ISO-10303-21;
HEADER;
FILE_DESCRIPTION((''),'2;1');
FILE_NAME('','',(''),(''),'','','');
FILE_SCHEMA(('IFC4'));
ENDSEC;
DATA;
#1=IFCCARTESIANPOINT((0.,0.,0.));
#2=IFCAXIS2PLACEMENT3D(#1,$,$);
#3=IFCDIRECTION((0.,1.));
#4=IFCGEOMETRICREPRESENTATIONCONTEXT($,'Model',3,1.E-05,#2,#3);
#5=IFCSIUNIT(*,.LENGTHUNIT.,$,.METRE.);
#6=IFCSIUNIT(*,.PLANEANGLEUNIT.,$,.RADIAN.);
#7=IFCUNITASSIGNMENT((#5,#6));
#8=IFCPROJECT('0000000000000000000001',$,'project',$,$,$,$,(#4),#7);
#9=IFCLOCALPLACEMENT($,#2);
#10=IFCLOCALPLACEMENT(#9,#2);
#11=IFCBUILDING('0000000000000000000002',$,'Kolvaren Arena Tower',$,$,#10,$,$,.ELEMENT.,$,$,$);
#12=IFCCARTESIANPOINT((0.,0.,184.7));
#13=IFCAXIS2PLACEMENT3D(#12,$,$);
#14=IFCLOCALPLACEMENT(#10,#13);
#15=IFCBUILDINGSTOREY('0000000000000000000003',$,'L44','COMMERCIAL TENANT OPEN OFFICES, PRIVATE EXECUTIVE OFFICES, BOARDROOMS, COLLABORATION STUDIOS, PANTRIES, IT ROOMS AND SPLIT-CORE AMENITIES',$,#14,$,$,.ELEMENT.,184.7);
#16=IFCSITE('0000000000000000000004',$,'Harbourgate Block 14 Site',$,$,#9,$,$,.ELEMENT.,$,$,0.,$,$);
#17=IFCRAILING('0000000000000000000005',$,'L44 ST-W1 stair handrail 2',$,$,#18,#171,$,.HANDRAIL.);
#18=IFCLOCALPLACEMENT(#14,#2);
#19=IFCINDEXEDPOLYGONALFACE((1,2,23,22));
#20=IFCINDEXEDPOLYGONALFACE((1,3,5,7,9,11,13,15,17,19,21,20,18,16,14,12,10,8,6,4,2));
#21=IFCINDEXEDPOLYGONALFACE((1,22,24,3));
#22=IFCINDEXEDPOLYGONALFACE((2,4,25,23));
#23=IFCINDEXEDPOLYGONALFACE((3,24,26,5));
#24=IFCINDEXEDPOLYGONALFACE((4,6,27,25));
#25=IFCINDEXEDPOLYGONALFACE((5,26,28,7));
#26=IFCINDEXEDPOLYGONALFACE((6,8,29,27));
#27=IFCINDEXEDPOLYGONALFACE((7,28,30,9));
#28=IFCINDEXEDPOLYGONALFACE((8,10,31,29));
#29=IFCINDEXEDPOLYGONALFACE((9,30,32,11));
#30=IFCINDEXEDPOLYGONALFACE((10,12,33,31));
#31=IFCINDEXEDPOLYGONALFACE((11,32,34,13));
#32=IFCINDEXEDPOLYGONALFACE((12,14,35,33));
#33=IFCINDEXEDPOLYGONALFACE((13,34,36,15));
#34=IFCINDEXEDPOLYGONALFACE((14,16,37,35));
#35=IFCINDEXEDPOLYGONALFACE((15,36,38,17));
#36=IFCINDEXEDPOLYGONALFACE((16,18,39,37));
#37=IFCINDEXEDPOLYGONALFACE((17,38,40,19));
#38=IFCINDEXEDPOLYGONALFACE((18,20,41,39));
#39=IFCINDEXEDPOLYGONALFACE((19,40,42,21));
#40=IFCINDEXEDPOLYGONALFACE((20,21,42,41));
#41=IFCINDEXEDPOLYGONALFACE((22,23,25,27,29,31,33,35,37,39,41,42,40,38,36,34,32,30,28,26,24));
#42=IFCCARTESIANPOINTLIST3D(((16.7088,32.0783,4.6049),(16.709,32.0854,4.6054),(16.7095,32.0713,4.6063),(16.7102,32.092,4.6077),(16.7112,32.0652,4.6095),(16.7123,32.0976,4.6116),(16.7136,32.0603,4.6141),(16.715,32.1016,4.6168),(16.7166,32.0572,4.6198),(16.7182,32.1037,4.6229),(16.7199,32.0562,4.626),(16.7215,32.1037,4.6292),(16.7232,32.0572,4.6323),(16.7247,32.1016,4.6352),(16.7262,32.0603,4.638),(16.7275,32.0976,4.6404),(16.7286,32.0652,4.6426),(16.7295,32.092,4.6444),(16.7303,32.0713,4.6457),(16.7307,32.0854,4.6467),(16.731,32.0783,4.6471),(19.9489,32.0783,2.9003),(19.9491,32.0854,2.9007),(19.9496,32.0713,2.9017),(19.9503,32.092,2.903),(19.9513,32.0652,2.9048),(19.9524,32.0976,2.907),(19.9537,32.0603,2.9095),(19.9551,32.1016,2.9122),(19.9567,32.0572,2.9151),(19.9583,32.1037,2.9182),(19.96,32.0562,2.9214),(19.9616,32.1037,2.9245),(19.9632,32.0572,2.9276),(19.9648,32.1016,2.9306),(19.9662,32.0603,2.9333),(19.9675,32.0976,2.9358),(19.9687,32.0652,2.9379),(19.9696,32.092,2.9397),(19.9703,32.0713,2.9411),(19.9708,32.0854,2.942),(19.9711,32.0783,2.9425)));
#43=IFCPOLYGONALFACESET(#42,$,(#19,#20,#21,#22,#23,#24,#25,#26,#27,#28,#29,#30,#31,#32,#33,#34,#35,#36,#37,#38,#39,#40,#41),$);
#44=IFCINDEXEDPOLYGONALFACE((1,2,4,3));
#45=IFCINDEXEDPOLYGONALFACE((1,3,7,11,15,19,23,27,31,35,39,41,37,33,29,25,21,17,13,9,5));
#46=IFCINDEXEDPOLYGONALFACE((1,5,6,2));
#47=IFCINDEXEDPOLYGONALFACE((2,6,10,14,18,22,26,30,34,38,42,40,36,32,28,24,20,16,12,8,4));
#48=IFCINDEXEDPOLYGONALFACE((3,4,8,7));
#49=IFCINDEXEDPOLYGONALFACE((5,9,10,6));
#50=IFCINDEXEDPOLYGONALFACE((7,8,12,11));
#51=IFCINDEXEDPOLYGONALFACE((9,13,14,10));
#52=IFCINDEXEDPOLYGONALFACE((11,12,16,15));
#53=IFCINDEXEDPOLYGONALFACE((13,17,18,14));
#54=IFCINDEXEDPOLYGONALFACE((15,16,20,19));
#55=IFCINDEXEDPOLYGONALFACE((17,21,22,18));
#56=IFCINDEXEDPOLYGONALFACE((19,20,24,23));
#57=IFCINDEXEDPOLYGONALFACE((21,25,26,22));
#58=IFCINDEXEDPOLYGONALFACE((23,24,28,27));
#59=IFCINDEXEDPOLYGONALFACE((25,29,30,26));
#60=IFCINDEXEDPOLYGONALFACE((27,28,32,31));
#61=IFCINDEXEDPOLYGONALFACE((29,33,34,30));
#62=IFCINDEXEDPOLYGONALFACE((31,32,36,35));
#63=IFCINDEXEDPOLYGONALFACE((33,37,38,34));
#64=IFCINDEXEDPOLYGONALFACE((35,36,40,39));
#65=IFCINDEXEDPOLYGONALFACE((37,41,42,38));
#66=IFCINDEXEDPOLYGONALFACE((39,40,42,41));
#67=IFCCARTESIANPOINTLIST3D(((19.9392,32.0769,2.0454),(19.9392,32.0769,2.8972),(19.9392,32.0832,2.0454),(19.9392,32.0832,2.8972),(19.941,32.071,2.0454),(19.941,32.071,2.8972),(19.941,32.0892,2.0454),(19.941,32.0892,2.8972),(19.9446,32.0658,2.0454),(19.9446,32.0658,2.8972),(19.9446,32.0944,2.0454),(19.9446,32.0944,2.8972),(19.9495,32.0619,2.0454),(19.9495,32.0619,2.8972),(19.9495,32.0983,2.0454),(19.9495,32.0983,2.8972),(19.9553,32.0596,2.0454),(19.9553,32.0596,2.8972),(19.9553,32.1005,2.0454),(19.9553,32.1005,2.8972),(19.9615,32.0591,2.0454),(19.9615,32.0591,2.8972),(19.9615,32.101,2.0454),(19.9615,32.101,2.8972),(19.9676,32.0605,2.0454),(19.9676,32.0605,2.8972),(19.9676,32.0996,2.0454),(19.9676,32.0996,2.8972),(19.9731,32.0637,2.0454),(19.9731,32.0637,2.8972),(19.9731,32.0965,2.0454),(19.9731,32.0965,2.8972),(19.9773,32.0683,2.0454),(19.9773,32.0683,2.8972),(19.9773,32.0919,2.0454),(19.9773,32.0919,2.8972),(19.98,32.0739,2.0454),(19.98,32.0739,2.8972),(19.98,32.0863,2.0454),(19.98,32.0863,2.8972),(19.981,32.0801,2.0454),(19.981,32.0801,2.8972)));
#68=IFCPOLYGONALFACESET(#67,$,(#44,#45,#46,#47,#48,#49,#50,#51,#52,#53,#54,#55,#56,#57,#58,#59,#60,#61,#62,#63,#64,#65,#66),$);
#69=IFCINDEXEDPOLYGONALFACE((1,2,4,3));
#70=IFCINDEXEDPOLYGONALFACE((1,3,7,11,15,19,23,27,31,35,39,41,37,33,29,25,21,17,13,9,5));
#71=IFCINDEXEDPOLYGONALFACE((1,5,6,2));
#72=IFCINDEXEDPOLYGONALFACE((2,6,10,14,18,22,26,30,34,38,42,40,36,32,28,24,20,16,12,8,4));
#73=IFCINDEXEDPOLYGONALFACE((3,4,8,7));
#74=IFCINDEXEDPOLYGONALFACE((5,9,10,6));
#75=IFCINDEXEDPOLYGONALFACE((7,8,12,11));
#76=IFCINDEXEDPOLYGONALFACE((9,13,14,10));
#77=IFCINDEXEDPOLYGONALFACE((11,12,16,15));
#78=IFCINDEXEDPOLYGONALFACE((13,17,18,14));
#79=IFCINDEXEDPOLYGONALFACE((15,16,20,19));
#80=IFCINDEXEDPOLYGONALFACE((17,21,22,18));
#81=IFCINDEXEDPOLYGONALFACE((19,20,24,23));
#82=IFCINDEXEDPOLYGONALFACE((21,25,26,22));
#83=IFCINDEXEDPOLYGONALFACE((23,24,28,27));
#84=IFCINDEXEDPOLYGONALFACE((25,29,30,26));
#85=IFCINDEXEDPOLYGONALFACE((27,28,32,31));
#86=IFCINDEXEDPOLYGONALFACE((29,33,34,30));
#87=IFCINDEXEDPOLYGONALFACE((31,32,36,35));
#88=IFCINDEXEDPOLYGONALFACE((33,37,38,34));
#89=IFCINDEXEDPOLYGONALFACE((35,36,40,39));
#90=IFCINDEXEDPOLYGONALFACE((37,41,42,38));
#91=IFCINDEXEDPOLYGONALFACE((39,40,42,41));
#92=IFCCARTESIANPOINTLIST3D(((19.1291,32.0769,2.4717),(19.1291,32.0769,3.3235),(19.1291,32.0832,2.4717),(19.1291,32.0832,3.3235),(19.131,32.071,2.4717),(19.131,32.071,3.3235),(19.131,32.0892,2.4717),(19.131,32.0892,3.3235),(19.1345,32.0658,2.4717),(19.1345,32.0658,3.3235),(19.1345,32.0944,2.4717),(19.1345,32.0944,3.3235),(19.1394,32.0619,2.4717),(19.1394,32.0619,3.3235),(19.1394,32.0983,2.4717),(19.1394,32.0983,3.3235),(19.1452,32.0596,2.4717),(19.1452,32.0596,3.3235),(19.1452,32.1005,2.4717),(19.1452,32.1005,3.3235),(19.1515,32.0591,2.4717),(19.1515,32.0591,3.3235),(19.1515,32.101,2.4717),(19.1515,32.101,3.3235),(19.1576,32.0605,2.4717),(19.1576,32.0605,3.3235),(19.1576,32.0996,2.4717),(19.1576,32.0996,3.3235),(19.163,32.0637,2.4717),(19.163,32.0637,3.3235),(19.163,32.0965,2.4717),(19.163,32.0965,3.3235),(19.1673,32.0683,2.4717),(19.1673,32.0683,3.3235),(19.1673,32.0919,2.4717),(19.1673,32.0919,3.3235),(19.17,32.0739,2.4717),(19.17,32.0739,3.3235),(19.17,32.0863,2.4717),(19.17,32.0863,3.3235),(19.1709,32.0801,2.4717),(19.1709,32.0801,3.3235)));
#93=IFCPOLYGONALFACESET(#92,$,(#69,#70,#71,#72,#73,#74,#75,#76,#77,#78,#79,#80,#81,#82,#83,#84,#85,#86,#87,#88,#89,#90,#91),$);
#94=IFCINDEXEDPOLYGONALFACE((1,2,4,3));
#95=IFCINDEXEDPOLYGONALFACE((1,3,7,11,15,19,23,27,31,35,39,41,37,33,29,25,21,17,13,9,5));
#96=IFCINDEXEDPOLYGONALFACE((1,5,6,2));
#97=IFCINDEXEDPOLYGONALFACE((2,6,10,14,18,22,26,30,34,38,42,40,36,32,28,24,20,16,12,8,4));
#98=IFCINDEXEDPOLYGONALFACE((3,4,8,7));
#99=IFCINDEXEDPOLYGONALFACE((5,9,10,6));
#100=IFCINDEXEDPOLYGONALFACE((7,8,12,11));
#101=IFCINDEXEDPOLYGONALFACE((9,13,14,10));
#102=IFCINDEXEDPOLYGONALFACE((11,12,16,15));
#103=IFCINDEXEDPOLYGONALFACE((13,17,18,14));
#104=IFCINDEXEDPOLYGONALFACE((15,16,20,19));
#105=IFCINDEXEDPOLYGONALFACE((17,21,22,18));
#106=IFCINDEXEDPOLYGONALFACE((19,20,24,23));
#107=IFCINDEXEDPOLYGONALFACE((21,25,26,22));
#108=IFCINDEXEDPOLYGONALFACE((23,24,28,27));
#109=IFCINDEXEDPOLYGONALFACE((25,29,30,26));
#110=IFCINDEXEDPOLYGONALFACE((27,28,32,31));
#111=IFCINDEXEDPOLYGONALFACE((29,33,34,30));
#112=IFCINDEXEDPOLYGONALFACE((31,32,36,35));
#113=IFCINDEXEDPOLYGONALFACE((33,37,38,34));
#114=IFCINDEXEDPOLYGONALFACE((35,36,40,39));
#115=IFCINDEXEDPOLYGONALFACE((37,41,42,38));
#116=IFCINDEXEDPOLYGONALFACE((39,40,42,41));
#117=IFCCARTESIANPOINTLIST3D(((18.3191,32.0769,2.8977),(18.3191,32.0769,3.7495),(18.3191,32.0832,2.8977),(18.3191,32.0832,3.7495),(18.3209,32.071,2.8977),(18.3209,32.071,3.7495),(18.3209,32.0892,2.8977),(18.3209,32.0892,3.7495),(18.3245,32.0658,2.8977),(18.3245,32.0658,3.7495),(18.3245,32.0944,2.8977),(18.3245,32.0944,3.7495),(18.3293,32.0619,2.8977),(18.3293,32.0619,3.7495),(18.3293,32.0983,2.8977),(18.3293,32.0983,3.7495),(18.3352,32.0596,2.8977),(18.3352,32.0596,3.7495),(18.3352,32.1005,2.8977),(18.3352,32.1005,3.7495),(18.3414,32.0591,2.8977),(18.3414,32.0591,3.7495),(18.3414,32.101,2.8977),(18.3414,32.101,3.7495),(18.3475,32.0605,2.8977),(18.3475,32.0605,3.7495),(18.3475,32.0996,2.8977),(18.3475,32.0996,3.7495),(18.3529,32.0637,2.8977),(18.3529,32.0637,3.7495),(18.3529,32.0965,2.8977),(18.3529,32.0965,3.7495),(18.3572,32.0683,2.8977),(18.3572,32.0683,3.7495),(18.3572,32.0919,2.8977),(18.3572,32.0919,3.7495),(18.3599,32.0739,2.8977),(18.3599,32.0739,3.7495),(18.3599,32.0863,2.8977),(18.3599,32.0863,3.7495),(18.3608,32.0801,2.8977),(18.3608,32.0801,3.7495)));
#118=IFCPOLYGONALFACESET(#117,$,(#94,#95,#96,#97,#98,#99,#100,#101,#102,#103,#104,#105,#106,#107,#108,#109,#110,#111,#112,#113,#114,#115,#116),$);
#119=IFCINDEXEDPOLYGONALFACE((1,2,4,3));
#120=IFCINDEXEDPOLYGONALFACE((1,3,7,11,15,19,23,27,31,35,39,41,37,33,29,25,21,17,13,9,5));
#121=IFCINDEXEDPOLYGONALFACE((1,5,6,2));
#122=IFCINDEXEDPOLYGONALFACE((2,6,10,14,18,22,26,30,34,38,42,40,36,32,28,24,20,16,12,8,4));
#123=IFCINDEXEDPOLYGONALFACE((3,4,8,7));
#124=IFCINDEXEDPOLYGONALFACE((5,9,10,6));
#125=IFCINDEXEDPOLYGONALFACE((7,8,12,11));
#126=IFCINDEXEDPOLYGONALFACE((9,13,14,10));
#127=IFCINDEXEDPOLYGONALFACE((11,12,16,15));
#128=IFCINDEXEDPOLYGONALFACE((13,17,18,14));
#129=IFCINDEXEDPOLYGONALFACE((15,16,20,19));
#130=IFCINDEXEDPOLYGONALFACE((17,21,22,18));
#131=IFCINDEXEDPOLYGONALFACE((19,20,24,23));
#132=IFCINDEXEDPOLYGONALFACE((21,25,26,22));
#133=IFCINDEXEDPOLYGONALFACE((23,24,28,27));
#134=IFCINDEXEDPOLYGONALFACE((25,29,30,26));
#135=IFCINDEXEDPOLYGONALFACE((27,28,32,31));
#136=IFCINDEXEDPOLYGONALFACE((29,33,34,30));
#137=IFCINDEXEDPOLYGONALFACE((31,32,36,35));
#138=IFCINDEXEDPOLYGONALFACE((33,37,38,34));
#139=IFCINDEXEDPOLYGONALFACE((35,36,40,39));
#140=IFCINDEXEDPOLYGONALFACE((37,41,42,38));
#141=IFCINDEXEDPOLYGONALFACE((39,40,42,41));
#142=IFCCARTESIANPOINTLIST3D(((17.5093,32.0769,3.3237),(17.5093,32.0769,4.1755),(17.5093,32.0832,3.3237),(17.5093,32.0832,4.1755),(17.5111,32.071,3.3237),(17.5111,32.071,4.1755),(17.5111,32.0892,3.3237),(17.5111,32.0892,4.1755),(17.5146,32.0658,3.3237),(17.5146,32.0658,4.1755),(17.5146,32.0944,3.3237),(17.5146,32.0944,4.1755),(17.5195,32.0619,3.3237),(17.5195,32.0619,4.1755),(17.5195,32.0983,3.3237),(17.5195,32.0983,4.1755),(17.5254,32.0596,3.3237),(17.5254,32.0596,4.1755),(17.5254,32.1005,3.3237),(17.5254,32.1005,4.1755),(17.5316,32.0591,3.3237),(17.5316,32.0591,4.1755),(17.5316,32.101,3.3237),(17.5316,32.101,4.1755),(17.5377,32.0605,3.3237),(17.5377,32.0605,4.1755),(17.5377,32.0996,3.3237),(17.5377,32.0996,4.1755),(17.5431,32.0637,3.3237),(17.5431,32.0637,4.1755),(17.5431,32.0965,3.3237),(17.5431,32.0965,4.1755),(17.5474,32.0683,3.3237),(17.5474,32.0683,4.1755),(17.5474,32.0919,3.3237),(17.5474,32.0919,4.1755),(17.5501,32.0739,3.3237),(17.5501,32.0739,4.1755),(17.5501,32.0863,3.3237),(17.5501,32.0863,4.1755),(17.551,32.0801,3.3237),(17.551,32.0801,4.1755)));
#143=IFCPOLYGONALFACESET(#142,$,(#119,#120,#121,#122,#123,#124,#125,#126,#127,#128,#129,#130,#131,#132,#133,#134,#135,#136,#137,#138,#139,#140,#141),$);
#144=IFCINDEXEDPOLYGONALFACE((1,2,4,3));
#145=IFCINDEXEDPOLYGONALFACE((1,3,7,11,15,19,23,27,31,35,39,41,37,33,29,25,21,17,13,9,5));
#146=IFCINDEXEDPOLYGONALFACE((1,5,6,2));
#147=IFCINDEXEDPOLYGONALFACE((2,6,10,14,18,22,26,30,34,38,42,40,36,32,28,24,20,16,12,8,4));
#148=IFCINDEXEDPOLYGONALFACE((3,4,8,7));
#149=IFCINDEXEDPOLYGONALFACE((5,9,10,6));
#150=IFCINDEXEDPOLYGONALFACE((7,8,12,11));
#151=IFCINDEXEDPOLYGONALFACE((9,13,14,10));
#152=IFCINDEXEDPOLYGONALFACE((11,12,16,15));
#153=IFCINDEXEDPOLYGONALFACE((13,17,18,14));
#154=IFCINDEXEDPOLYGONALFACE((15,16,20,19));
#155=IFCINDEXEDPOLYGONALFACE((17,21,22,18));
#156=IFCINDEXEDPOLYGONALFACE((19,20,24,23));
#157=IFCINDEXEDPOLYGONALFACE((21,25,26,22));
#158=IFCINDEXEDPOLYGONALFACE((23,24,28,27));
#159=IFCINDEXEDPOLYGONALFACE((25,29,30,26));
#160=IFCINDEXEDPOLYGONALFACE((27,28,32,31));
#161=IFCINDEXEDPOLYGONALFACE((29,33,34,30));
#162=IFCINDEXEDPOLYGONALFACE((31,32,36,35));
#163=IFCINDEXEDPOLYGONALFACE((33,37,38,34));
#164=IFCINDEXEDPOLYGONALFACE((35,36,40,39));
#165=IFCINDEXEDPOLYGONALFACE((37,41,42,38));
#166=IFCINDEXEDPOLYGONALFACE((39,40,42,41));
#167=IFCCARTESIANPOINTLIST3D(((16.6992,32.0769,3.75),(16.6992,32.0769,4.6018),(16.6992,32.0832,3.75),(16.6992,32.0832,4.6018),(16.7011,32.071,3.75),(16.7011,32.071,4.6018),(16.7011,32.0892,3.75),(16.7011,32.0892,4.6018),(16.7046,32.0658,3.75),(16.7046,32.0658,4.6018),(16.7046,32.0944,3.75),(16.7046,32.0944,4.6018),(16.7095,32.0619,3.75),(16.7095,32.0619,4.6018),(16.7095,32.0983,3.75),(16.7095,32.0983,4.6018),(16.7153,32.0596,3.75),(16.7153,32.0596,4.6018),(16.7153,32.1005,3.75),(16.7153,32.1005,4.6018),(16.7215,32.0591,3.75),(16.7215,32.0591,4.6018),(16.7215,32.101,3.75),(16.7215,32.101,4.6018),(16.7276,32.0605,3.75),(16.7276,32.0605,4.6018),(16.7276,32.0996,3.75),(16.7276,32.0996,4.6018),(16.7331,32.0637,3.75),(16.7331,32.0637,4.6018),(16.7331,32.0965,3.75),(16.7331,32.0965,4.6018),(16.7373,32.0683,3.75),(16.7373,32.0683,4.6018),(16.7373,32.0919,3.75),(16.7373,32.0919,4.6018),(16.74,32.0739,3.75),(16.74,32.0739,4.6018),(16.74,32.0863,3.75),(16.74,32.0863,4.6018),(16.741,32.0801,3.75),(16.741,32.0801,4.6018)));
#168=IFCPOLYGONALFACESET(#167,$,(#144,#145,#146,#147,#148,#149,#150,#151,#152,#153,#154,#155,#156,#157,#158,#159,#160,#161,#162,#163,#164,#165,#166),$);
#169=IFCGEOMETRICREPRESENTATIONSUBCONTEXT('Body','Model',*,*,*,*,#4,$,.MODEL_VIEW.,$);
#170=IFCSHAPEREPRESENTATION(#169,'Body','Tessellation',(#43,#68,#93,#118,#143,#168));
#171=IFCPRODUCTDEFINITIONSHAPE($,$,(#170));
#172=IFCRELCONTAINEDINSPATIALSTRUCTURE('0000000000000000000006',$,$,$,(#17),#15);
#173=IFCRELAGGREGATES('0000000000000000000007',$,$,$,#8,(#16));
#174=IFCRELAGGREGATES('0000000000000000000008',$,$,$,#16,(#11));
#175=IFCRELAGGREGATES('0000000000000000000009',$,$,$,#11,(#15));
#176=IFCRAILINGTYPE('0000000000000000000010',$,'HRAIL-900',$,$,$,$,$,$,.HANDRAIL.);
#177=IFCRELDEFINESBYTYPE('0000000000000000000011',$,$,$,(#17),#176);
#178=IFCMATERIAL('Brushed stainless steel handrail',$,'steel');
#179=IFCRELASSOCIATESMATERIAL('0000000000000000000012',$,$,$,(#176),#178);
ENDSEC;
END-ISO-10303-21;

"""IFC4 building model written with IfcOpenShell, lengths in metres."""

from ifc_helpers import new_model, si_unit, direction, frame, origin, origin_2d, place, context, subcontext, project, spatial, circle, extrude, material, type_object, element, save


model = new_model("IFC4")

# Units and contexts
model_context = context("Model", 3, precision=1e-05, world=origin(), true_north=direction((0.0, 1.0)))
body_context = subcontext(model_context, "Body", "Model", "MODEL_VIEW")
ifc_project = project(units=[si_unit("LENGTHUNIT", "METRE"), si_unit("PLANEANGLEUNIT", "RADIAN")], contexts=[model_context])

# Site, building, storey
site_placement = place(None, origin())
site = spatial("IfcSite", under=ifc_project, at=site_placement, Name="Harbourgate Block 14 Site", CompositionType="ELEMENT", RefElevation=0.0)
building_placement = place(site_placement, origin())
building = spatial("IfcBuilding", under=site, at=building_placement, Name="Kolvaren Arena Tower", CompositionType="ELEMENT")
storey_placement = place(building_placement, frame((0.0, 0.0, 184.7)))
storey = spatial("IfcBuildingStorey", under=building, at=storey_placement, Name="L44", Description="COMMERCIAL TENANT OPEN OFFICES, PRIVATE EXECUTIVE OFFICES, BOARDROOMS, COLLABORATION STUDIOS, PANTRIES, IT ROOMS AND SPLIT-CORE AMENITIES", CompositionType="ELEMENT", Elevation=184.7)

# Railing
ifc_material_1 = material(Name="Brushed stainless steel handrail", Category="steel")
railing_type_1 = type_object("IfcRailingType", Name="HRAIL-900", PredefinedType="HANDRAIL", material=ifc_material_1)
railing_1_placement = place(storey_placement, frame((19.96, 32.0801, 2.0454)))
element("IfcRailing", 1, at=railing_1_placement, inside=storey, type_object=railing_type_1, Name="L44 ST-W1 stair handrail 2", PredefinedType="HANDRAIL", context=body_context, shape_type="SweptSolid", body=[
    extrude(circle(Radius=0.0239, at=origin_2d()), frame((0.0, 0.0, 0.876), z_axis=(-0.884993, 0.0, 0.465604), x_axis=(0.0, -1.0, 0.0)), (0.0, 0.0, 1.0), 3.6611),
    extrude(circle(Radius=0.021, at=origin_2d()), origin(), (0.0, 0.0, 1.0), 0.8518),
    extrude(circle(Radius=0.021, at=origin_2d()), frame((-0.8101, 0.0, 0.4263)), (0.0, 0.0, 1.0), 0.8518),
    extrude(circle(Radius=0.021, at=origin_2d()), frame((-1.6201, 0.0, 0.8523)), (0.0, 0.0, 1.0), 0.8518),
    extrude(circle(Radius=0.021, at=origin_2d()), frame((-2.4299, 0.0, 1.2783)), (0.0, 0.0, 1.0), 0.8518),
    extrude(circle(Radius=0.021, at=origin_2d()), frame((-3.24, 0.0, 1.7046)), (0.0, 0.0, 1.0), 0.8518),
])

save(model, "model.ifc")
